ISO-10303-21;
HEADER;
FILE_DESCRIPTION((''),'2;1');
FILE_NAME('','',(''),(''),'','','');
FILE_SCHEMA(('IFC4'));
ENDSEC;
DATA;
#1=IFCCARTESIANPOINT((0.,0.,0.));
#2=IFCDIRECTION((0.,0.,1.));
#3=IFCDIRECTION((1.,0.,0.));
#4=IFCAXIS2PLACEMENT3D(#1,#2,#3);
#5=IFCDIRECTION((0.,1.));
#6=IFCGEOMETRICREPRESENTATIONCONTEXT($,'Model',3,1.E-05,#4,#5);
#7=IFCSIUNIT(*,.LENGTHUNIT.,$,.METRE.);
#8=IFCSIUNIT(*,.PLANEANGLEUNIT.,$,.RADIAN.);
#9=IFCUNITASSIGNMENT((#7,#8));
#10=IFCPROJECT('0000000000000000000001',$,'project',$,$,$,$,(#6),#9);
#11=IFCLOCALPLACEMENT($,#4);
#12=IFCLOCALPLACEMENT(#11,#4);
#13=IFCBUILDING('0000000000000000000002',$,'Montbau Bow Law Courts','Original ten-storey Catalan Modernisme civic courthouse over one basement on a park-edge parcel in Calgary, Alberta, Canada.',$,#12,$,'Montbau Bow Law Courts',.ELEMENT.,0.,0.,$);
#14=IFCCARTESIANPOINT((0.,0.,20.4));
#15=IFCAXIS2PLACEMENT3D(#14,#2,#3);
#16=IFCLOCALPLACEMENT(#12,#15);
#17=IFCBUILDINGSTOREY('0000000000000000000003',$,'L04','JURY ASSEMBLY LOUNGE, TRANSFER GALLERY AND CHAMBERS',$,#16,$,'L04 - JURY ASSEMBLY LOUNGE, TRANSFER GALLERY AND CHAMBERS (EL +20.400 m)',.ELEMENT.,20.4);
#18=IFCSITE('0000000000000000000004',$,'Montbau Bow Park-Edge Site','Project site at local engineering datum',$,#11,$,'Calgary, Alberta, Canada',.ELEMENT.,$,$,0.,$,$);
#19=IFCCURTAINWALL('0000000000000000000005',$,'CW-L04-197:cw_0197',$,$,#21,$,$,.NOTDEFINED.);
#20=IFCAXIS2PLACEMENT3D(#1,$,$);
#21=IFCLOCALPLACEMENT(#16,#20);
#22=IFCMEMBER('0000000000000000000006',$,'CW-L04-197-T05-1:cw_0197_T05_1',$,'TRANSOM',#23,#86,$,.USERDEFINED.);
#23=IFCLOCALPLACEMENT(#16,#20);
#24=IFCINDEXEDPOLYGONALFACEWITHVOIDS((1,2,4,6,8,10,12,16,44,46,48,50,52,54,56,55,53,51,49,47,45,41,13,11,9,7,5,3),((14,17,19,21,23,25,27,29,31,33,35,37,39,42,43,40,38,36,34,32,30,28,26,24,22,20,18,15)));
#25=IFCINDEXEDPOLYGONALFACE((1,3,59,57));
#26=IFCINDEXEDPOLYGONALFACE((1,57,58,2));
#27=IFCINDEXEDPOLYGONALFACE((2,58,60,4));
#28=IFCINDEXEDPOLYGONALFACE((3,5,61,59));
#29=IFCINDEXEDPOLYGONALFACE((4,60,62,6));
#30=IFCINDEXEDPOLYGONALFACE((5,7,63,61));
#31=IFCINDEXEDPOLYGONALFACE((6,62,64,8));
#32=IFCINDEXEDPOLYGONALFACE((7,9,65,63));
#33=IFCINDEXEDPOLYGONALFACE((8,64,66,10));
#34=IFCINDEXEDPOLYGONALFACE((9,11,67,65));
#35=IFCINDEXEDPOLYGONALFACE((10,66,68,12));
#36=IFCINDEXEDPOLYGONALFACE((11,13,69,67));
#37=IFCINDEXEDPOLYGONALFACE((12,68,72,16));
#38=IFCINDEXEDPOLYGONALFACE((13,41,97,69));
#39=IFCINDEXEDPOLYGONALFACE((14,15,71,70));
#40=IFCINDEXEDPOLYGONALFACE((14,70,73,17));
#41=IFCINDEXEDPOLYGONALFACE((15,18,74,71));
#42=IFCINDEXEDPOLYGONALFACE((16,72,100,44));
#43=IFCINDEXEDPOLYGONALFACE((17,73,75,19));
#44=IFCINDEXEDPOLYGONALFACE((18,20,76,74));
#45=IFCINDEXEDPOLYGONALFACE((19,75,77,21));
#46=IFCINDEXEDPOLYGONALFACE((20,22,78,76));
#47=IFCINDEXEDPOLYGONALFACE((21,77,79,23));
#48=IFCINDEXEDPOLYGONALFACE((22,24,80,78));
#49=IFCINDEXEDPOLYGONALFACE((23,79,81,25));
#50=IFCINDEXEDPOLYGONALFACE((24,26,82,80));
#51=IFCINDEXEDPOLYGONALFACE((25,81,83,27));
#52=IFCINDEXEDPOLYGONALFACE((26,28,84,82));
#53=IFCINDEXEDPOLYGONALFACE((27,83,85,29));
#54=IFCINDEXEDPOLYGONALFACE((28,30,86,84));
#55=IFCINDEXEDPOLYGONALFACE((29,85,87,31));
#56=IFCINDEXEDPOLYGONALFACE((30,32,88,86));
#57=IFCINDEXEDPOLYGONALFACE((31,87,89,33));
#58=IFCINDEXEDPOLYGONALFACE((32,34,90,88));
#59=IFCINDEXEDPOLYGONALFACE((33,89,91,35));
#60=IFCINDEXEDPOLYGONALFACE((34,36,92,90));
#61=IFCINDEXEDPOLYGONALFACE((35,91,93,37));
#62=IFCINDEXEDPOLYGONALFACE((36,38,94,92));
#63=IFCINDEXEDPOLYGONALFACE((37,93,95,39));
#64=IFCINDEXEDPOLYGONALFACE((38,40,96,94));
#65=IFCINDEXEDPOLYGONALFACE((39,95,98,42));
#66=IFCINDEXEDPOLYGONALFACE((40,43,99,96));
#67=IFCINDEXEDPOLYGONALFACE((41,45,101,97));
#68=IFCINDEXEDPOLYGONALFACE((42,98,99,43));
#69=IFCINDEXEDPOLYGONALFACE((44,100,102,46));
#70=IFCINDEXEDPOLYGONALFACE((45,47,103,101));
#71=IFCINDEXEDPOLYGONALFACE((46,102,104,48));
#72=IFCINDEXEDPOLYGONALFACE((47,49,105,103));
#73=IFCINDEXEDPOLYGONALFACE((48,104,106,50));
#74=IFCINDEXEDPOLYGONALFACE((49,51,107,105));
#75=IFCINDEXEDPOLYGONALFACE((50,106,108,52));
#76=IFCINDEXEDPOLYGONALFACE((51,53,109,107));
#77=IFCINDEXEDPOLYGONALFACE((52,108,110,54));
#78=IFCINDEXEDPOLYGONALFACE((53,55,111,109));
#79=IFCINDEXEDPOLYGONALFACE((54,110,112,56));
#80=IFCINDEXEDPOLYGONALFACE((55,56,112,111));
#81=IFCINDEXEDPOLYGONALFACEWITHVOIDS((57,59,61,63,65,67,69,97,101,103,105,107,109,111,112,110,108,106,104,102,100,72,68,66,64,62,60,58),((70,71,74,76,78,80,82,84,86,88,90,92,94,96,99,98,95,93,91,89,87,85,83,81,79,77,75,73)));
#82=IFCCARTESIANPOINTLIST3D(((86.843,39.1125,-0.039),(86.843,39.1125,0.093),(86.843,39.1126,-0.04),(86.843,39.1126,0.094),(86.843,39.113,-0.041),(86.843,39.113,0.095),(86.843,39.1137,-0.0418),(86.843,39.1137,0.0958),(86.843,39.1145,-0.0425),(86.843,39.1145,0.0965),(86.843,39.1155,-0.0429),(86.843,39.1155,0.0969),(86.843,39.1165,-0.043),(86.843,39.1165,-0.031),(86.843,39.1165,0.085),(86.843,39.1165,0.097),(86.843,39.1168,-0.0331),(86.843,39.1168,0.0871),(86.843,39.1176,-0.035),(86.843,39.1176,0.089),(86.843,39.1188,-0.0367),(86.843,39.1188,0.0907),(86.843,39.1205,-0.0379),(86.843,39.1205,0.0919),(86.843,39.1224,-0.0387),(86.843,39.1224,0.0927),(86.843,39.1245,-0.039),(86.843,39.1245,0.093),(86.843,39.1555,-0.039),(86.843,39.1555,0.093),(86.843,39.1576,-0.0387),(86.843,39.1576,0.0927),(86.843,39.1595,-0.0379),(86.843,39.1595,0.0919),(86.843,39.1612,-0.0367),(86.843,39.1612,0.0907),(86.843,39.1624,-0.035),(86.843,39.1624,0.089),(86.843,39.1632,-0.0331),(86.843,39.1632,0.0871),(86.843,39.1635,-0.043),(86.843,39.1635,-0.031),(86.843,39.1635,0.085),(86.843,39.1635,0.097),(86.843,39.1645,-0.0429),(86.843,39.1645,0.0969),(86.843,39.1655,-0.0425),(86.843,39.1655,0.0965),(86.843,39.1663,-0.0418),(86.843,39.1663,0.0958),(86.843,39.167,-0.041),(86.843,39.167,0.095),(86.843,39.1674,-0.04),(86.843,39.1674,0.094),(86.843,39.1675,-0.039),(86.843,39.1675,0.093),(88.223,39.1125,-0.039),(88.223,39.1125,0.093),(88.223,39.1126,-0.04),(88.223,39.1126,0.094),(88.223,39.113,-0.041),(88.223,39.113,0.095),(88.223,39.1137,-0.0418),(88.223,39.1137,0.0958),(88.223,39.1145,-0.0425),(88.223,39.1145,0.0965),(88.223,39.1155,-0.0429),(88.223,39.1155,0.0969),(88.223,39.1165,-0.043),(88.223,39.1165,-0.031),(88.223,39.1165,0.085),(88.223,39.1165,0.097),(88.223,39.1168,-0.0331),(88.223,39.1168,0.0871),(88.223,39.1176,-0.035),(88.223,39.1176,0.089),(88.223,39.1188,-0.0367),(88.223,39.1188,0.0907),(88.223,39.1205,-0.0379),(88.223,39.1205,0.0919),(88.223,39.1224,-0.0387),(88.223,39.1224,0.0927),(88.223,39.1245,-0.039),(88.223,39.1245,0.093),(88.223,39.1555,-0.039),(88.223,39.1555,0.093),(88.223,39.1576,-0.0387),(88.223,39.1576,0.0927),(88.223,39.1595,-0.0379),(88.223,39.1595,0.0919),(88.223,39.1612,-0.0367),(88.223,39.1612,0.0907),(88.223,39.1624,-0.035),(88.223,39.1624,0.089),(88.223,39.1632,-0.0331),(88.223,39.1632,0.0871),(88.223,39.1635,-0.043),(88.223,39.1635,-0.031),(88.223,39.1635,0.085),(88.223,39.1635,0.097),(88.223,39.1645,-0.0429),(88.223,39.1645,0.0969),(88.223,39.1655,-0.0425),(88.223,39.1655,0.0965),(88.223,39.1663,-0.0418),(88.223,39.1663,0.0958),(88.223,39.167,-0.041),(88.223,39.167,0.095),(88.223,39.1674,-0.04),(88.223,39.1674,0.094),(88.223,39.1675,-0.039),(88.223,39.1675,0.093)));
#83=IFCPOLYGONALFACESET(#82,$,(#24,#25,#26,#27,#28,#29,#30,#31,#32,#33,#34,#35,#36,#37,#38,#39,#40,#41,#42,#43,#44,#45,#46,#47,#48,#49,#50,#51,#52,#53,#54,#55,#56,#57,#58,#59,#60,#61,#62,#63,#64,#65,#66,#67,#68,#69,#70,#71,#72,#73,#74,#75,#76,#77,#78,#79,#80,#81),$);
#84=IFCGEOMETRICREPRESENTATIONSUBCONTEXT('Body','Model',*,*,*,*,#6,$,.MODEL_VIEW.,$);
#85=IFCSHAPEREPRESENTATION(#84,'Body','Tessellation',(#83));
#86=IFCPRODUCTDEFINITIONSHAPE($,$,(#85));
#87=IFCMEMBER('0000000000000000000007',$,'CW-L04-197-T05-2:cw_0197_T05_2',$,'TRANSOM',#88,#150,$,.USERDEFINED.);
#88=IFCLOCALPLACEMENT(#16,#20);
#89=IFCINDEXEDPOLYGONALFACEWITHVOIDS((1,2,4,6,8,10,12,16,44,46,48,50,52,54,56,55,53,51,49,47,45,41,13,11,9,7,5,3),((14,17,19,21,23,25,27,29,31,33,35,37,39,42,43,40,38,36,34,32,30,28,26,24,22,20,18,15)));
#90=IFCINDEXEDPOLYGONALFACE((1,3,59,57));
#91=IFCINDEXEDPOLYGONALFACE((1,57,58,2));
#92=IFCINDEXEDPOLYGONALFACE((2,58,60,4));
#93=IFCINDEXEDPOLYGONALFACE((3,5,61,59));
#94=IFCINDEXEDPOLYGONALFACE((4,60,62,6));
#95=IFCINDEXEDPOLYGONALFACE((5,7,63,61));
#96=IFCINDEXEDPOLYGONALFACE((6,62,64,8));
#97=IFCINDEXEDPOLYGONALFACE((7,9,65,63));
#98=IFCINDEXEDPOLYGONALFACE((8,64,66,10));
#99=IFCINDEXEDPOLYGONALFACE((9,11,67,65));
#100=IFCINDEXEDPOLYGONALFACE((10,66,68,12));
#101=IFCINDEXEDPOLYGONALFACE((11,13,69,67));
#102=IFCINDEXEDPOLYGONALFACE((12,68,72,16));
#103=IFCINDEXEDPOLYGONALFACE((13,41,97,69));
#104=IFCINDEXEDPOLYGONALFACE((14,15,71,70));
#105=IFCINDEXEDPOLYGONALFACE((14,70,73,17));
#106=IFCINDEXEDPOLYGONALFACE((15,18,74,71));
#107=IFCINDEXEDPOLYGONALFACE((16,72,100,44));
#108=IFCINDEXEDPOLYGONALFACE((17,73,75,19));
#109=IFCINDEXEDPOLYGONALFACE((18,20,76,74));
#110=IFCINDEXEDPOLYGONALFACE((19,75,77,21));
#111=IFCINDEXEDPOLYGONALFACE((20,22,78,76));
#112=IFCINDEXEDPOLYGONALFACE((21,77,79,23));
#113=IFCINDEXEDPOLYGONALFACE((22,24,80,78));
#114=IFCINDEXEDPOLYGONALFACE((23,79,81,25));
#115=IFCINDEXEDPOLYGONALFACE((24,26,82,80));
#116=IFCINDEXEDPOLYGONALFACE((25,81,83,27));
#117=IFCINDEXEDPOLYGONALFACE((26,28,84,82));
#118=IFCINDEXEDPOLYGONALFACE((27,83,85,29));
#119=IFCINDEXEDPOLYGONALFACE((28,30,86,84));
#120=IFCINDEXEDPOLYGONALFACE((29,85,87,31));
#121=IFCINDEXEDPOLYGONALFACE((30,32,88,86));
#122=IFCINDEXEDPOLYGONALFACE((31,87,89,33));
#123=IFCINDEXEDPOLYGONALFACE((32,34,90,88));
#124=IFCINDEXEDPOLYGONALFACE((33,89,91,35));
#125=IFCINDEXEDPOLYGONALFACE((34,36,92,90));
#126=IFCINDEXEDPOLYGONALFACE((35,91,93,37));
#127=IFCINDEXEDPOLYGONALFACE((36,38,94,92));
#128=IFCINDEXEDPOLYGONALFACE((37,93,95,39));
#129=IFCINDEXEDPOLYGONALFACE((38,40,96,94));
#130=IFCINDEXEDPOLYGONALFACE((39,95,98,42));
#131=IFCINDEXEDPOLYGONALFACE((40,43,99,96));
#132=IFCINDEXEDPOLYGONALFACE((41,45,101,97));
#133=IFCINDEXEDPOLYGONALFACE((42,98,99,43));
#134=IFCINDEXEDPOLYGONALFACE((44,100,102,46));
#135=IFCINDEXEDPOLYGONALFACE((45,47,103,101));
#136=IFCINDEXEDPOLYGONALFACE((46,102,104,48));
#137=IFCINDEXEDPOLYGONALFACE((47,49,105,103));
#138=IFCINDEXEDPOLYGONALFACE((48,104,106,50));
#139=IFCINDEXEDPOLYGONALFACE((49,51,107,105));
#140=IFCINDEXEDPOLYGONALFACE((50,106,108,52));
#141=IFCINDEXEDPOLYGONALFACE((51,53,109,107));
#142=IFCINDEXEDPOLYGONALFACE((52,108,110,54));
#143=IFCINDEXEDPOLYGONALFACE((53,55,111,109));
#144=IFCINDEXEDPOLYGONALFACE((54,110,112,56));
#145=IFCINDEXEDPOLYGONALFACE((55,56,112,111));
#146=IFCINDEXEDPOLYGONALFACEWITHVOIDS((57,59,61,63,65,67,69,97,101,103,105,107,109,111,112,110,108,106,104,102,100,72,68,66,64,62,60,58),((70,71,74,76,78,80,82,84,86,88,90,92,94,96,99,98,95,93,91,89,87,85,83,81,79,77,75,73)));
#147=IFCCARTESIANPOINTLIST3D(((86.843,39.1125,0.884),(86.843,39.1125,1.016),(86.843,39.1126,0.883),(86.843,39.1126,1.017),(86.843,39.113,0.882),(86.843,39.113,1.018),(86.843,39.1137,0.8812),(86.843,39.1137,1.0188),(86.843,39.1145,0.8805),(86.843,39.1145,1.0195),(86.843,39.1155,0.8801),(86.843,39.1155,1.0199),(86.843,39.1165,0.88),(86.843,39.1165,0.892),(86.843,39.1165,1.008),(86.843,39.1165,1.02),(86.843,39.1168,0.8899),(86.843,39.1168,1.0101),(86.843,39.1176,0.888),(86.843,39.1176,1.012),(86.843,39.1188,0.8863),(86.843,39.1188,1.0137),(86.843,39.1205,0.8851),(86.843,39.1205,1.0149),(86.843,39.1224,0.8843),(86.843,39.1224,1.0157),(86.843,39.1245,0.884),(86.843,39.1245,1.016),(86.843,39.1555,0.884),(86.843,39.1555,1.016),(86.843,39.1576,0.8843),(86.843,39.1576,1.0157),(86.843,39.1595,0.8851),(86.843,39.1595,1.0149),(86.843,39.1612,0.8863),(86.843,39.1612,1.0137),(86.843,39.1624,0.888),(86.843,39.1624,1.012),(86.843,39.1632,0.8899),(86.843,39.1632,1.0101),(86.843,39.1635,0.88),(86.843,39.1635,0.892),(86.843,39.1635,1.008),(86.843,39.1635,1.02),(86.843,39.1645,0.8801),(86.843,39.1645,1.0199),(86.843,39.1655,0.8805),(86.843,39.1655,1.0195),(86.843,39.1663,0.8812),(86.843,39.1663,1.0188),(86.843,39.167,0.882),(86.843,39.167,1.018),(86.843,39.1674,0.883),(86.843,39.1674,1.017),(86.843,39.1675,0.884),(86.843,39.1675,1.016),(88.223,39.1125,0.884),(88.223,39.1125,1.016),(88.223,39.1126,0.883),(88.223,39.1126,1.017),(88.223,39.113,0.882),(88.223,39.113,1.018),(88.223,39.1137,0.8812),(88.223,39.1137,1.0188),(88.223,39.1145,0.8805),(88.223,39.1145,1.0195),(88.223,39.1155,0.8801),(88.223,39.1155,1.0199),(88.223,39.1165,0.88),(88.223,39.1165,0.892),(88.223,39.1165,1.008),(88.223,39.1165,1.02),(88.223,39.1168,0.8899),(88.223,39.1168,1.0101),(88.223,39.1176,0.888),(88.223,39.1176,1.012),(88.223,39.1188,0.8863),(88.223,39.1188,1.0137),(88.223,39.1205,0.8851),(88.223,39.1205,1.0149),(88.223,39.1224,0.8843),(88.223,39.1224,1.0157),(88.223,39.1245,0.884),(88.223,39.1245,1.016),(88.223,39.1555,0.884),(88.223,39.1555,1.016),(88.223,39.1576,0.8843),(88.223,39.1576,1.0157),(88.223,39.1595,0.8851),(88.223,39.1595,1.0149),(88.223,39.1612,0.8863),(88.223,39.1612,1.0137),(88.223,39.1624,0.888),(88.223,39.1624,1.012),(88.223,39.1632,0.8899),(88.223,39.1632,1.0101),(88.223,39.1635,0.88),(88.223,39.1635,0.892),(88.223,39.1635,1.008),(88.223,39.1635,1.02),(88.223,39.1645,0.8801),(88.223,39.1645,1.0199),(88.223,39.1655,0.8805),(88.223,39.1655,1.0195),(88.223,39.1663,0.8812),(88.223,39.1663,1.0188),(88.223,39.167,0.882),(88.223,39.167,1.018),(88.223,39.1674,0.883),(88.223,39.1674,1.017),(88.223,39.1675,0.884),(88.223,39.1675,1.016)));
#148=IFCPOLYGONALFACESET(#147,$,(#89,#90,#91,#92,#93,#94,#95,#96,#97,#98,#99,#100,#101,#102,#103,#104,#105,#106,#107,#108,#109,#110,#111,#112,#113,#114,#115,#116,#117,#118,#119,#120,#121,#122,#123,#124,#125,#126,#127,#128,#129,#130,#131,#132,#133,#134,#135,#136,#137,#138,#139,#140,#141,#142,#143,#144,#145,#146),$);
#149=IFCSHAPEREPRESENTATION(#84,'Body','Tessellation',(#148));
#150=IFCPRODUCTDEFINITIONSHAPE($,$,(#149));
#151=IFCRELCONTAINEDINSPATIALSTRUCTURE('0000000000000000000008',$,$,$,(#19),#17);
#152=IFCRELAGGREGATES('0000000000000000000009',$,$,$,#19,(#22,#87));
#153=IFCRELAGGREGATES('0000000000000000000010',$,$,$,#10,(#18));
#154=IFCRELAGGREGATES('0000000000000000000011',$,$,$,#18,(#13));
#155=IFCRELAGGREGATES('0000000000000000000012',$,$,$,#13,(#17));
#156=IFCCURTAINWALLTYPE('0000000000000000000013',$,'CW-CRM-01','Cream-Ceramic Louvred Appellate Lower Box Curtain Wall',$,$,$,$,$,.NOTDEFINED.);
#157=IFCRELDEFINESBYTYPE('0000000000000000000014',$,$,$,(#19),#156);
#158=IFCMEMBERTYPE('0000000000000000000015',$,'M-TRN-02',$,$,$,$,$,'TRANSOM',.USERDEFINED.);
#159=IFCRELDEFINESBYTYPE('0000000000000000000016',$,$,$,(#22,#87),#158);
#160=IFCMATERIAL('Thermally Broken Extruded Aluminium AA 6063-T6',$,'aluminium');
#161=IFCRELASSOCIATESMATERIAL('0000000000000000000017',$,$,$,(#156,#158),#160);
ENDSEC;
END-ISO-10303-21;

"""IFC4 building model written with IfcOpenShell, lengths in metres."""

from ifc_helpers import new_model, si_unit, direction, frame, origin_with_axes, origin_2d_with_axis, place, context, subcontext, project, spatial, hollow_rectangle, extrude, material, material_profile, profile_set, type_object, element, aggregate, save


model = new_model("IFC4")

# Units and contexts
model_context = context("Model", 3, precision=1e-05, world=origin_with_axes(), true_north=direction((0.0, 1.0)))
body_context = subcontext(model_context, "Body", "Model", "MODEL_VIEW")
ifc_project = project(units=[si_unit("LENGTHUNIT", "METRE"), si_unit("PLANEANGLEUNIT", "RADIAN")], contexts=[model_context])

# Site, building, storey
site_placement = place(None, origin_with_axes())
site = spatial("IfcSite", under=ifc_project, at=site_placement, Name="Montbau Bow Park-Edge Site", Description="Project site at local engineering datum", LongName="Calgary, Alberta, Canada", CompositionType="ELEMENT", RefElevation=0.0)
building_placement = place(site_placement, origin_with_axes())
building = spatial("IfcBuilding", under=site, at=building_placement, Name="Montbau Bow Law Courts", Description="Original ten-storey Catalan Modernisme civic courthouse over one basement on a park-edge parcel in Calgary, Alberta, Canada.", LongName="Montbau Bow Law Courts", CompositionType="ELEMENT", ElevationOfRefHeight=0.0, ElevationOfTerrain=0.0)
storey_placement = place(building_placement, frame((0.0, 0.0, 20.4), z_axis=(0.0, 0.0, 1.0), x_axis=(1.0, 0.0, 0.0)))
storey = spatial("IfcBuildingStorey", under=building, at=storey_placement, Name="L04", Description="JURY ASSEMBLY LOUNGE, TRANSFER GALLERY AND CHAMBERS", LongName="L04 - JURY ASSEMBLY LOUNGE, TRANSFER GALLERY AND CHAMBERS (EL +20.400 m)", CompositionType="ELEMENT", Elevation=20.4)

# Curtain wall, members
ifc_material_1 = material(Name="Thermally Broken Extruded Aluminium AA 6063-T6", Category="aluminium")
curtain_wall_type = type_object("IfcCurtainWallType", Name="CW-CRM-01", Description="Cream-Ceramic Louvred Appellate Lower Box Curtain Wall", PredefinedType="NOTDEFINED", material=ifc_material_1)
curtain_wall_placement = place(None, frame((80.915, 39.14, 20.4), z_axis=(0.0, 0.0, 1.0), x_axis=(1.0, 0.0, 0.0)))
curtain_wall = element("IfcCurtainWall", 1, at=curtain_wall_placement, inside=storey, type_object=curtain_wall_type, Name="CW-L04-197:cw_0197", PredefinedType="NOTDEFINED")
ifc_material_profile_1 = material_profile(ifc_material_1, hollow_rectangle(XDim=0.055, YDim=0.14, WallThickness=0.004, InnerFilletRadius=0.008, OuterFilletRadius=0.004, at=origin_2d_with_axis()), Name="CWT-140X55", Category="Main", Priority=0)
ifc_profile_set_1 = profile_set([ifc_material_profile_1], Name="Thermally Broken Extruded Aluminium AA 6063-T6")
member_type_1 = type_object("IfcMemberType", Name="M-TRN-02", ElementType="TRANSOM", PredefinedType="USERDEFINED", material=ifc_profile_set_1)
member_1_placement = place(None, frame((86.843, 39.14, 20.427), z_axis=(1.0, 0.0, 0.0), x_axis=(0.0, 1.0, 0.0)))
member_1 = element("IfcMember", 2, at=member_1_placement, type_object=member_type_1, Name="CW-L04-197-T05-1:cw_0197_T05_1", ObjectType="TRANSOM", PredefinedType="USERDEFINED", context=body_context, shape_type="SweptSolid", body=[
    extrude(hollow_rectangle(XDim=0.055, YDim=0.14, WallThickness=0.004, InnerFilletRadius=0.008, OuterFilletRadius=0.004, at=origin_2d_with_axis()), origin_with_axes(), (0.0, 0.0, 1.0), 1.38),
])
member_2_placement = place(None, frame((86.843, 39.14, 21.35), z_axis=(1.0, 0.0, 0.0), x_axis=(0.0, 1.0, 0.0)))
member_2 = element("IfcMember", 3, at=member_2_placement, type_object=member_type_1, Name="CW-L04-197-T05-2:cw_0197_T05_2", ObjectType="TRANSOM", PredefinedType="USERDEFINED", context=body_context, shape_type="SweptSolid", body=[
    extrude(hollow_rectangle(XDim=0.055, YDim=0.14, WallThickness=0.004, InnerFilletRadius=0.008, OuterFilletRadius=0.004, at=origin_2d_with_axis()), origin_with_axes(), (0.0, 0.0, 1.0), 1.38),
])
aggregate(curtain_wall, [member_1, member_2])

save(model, "model.ifc")
